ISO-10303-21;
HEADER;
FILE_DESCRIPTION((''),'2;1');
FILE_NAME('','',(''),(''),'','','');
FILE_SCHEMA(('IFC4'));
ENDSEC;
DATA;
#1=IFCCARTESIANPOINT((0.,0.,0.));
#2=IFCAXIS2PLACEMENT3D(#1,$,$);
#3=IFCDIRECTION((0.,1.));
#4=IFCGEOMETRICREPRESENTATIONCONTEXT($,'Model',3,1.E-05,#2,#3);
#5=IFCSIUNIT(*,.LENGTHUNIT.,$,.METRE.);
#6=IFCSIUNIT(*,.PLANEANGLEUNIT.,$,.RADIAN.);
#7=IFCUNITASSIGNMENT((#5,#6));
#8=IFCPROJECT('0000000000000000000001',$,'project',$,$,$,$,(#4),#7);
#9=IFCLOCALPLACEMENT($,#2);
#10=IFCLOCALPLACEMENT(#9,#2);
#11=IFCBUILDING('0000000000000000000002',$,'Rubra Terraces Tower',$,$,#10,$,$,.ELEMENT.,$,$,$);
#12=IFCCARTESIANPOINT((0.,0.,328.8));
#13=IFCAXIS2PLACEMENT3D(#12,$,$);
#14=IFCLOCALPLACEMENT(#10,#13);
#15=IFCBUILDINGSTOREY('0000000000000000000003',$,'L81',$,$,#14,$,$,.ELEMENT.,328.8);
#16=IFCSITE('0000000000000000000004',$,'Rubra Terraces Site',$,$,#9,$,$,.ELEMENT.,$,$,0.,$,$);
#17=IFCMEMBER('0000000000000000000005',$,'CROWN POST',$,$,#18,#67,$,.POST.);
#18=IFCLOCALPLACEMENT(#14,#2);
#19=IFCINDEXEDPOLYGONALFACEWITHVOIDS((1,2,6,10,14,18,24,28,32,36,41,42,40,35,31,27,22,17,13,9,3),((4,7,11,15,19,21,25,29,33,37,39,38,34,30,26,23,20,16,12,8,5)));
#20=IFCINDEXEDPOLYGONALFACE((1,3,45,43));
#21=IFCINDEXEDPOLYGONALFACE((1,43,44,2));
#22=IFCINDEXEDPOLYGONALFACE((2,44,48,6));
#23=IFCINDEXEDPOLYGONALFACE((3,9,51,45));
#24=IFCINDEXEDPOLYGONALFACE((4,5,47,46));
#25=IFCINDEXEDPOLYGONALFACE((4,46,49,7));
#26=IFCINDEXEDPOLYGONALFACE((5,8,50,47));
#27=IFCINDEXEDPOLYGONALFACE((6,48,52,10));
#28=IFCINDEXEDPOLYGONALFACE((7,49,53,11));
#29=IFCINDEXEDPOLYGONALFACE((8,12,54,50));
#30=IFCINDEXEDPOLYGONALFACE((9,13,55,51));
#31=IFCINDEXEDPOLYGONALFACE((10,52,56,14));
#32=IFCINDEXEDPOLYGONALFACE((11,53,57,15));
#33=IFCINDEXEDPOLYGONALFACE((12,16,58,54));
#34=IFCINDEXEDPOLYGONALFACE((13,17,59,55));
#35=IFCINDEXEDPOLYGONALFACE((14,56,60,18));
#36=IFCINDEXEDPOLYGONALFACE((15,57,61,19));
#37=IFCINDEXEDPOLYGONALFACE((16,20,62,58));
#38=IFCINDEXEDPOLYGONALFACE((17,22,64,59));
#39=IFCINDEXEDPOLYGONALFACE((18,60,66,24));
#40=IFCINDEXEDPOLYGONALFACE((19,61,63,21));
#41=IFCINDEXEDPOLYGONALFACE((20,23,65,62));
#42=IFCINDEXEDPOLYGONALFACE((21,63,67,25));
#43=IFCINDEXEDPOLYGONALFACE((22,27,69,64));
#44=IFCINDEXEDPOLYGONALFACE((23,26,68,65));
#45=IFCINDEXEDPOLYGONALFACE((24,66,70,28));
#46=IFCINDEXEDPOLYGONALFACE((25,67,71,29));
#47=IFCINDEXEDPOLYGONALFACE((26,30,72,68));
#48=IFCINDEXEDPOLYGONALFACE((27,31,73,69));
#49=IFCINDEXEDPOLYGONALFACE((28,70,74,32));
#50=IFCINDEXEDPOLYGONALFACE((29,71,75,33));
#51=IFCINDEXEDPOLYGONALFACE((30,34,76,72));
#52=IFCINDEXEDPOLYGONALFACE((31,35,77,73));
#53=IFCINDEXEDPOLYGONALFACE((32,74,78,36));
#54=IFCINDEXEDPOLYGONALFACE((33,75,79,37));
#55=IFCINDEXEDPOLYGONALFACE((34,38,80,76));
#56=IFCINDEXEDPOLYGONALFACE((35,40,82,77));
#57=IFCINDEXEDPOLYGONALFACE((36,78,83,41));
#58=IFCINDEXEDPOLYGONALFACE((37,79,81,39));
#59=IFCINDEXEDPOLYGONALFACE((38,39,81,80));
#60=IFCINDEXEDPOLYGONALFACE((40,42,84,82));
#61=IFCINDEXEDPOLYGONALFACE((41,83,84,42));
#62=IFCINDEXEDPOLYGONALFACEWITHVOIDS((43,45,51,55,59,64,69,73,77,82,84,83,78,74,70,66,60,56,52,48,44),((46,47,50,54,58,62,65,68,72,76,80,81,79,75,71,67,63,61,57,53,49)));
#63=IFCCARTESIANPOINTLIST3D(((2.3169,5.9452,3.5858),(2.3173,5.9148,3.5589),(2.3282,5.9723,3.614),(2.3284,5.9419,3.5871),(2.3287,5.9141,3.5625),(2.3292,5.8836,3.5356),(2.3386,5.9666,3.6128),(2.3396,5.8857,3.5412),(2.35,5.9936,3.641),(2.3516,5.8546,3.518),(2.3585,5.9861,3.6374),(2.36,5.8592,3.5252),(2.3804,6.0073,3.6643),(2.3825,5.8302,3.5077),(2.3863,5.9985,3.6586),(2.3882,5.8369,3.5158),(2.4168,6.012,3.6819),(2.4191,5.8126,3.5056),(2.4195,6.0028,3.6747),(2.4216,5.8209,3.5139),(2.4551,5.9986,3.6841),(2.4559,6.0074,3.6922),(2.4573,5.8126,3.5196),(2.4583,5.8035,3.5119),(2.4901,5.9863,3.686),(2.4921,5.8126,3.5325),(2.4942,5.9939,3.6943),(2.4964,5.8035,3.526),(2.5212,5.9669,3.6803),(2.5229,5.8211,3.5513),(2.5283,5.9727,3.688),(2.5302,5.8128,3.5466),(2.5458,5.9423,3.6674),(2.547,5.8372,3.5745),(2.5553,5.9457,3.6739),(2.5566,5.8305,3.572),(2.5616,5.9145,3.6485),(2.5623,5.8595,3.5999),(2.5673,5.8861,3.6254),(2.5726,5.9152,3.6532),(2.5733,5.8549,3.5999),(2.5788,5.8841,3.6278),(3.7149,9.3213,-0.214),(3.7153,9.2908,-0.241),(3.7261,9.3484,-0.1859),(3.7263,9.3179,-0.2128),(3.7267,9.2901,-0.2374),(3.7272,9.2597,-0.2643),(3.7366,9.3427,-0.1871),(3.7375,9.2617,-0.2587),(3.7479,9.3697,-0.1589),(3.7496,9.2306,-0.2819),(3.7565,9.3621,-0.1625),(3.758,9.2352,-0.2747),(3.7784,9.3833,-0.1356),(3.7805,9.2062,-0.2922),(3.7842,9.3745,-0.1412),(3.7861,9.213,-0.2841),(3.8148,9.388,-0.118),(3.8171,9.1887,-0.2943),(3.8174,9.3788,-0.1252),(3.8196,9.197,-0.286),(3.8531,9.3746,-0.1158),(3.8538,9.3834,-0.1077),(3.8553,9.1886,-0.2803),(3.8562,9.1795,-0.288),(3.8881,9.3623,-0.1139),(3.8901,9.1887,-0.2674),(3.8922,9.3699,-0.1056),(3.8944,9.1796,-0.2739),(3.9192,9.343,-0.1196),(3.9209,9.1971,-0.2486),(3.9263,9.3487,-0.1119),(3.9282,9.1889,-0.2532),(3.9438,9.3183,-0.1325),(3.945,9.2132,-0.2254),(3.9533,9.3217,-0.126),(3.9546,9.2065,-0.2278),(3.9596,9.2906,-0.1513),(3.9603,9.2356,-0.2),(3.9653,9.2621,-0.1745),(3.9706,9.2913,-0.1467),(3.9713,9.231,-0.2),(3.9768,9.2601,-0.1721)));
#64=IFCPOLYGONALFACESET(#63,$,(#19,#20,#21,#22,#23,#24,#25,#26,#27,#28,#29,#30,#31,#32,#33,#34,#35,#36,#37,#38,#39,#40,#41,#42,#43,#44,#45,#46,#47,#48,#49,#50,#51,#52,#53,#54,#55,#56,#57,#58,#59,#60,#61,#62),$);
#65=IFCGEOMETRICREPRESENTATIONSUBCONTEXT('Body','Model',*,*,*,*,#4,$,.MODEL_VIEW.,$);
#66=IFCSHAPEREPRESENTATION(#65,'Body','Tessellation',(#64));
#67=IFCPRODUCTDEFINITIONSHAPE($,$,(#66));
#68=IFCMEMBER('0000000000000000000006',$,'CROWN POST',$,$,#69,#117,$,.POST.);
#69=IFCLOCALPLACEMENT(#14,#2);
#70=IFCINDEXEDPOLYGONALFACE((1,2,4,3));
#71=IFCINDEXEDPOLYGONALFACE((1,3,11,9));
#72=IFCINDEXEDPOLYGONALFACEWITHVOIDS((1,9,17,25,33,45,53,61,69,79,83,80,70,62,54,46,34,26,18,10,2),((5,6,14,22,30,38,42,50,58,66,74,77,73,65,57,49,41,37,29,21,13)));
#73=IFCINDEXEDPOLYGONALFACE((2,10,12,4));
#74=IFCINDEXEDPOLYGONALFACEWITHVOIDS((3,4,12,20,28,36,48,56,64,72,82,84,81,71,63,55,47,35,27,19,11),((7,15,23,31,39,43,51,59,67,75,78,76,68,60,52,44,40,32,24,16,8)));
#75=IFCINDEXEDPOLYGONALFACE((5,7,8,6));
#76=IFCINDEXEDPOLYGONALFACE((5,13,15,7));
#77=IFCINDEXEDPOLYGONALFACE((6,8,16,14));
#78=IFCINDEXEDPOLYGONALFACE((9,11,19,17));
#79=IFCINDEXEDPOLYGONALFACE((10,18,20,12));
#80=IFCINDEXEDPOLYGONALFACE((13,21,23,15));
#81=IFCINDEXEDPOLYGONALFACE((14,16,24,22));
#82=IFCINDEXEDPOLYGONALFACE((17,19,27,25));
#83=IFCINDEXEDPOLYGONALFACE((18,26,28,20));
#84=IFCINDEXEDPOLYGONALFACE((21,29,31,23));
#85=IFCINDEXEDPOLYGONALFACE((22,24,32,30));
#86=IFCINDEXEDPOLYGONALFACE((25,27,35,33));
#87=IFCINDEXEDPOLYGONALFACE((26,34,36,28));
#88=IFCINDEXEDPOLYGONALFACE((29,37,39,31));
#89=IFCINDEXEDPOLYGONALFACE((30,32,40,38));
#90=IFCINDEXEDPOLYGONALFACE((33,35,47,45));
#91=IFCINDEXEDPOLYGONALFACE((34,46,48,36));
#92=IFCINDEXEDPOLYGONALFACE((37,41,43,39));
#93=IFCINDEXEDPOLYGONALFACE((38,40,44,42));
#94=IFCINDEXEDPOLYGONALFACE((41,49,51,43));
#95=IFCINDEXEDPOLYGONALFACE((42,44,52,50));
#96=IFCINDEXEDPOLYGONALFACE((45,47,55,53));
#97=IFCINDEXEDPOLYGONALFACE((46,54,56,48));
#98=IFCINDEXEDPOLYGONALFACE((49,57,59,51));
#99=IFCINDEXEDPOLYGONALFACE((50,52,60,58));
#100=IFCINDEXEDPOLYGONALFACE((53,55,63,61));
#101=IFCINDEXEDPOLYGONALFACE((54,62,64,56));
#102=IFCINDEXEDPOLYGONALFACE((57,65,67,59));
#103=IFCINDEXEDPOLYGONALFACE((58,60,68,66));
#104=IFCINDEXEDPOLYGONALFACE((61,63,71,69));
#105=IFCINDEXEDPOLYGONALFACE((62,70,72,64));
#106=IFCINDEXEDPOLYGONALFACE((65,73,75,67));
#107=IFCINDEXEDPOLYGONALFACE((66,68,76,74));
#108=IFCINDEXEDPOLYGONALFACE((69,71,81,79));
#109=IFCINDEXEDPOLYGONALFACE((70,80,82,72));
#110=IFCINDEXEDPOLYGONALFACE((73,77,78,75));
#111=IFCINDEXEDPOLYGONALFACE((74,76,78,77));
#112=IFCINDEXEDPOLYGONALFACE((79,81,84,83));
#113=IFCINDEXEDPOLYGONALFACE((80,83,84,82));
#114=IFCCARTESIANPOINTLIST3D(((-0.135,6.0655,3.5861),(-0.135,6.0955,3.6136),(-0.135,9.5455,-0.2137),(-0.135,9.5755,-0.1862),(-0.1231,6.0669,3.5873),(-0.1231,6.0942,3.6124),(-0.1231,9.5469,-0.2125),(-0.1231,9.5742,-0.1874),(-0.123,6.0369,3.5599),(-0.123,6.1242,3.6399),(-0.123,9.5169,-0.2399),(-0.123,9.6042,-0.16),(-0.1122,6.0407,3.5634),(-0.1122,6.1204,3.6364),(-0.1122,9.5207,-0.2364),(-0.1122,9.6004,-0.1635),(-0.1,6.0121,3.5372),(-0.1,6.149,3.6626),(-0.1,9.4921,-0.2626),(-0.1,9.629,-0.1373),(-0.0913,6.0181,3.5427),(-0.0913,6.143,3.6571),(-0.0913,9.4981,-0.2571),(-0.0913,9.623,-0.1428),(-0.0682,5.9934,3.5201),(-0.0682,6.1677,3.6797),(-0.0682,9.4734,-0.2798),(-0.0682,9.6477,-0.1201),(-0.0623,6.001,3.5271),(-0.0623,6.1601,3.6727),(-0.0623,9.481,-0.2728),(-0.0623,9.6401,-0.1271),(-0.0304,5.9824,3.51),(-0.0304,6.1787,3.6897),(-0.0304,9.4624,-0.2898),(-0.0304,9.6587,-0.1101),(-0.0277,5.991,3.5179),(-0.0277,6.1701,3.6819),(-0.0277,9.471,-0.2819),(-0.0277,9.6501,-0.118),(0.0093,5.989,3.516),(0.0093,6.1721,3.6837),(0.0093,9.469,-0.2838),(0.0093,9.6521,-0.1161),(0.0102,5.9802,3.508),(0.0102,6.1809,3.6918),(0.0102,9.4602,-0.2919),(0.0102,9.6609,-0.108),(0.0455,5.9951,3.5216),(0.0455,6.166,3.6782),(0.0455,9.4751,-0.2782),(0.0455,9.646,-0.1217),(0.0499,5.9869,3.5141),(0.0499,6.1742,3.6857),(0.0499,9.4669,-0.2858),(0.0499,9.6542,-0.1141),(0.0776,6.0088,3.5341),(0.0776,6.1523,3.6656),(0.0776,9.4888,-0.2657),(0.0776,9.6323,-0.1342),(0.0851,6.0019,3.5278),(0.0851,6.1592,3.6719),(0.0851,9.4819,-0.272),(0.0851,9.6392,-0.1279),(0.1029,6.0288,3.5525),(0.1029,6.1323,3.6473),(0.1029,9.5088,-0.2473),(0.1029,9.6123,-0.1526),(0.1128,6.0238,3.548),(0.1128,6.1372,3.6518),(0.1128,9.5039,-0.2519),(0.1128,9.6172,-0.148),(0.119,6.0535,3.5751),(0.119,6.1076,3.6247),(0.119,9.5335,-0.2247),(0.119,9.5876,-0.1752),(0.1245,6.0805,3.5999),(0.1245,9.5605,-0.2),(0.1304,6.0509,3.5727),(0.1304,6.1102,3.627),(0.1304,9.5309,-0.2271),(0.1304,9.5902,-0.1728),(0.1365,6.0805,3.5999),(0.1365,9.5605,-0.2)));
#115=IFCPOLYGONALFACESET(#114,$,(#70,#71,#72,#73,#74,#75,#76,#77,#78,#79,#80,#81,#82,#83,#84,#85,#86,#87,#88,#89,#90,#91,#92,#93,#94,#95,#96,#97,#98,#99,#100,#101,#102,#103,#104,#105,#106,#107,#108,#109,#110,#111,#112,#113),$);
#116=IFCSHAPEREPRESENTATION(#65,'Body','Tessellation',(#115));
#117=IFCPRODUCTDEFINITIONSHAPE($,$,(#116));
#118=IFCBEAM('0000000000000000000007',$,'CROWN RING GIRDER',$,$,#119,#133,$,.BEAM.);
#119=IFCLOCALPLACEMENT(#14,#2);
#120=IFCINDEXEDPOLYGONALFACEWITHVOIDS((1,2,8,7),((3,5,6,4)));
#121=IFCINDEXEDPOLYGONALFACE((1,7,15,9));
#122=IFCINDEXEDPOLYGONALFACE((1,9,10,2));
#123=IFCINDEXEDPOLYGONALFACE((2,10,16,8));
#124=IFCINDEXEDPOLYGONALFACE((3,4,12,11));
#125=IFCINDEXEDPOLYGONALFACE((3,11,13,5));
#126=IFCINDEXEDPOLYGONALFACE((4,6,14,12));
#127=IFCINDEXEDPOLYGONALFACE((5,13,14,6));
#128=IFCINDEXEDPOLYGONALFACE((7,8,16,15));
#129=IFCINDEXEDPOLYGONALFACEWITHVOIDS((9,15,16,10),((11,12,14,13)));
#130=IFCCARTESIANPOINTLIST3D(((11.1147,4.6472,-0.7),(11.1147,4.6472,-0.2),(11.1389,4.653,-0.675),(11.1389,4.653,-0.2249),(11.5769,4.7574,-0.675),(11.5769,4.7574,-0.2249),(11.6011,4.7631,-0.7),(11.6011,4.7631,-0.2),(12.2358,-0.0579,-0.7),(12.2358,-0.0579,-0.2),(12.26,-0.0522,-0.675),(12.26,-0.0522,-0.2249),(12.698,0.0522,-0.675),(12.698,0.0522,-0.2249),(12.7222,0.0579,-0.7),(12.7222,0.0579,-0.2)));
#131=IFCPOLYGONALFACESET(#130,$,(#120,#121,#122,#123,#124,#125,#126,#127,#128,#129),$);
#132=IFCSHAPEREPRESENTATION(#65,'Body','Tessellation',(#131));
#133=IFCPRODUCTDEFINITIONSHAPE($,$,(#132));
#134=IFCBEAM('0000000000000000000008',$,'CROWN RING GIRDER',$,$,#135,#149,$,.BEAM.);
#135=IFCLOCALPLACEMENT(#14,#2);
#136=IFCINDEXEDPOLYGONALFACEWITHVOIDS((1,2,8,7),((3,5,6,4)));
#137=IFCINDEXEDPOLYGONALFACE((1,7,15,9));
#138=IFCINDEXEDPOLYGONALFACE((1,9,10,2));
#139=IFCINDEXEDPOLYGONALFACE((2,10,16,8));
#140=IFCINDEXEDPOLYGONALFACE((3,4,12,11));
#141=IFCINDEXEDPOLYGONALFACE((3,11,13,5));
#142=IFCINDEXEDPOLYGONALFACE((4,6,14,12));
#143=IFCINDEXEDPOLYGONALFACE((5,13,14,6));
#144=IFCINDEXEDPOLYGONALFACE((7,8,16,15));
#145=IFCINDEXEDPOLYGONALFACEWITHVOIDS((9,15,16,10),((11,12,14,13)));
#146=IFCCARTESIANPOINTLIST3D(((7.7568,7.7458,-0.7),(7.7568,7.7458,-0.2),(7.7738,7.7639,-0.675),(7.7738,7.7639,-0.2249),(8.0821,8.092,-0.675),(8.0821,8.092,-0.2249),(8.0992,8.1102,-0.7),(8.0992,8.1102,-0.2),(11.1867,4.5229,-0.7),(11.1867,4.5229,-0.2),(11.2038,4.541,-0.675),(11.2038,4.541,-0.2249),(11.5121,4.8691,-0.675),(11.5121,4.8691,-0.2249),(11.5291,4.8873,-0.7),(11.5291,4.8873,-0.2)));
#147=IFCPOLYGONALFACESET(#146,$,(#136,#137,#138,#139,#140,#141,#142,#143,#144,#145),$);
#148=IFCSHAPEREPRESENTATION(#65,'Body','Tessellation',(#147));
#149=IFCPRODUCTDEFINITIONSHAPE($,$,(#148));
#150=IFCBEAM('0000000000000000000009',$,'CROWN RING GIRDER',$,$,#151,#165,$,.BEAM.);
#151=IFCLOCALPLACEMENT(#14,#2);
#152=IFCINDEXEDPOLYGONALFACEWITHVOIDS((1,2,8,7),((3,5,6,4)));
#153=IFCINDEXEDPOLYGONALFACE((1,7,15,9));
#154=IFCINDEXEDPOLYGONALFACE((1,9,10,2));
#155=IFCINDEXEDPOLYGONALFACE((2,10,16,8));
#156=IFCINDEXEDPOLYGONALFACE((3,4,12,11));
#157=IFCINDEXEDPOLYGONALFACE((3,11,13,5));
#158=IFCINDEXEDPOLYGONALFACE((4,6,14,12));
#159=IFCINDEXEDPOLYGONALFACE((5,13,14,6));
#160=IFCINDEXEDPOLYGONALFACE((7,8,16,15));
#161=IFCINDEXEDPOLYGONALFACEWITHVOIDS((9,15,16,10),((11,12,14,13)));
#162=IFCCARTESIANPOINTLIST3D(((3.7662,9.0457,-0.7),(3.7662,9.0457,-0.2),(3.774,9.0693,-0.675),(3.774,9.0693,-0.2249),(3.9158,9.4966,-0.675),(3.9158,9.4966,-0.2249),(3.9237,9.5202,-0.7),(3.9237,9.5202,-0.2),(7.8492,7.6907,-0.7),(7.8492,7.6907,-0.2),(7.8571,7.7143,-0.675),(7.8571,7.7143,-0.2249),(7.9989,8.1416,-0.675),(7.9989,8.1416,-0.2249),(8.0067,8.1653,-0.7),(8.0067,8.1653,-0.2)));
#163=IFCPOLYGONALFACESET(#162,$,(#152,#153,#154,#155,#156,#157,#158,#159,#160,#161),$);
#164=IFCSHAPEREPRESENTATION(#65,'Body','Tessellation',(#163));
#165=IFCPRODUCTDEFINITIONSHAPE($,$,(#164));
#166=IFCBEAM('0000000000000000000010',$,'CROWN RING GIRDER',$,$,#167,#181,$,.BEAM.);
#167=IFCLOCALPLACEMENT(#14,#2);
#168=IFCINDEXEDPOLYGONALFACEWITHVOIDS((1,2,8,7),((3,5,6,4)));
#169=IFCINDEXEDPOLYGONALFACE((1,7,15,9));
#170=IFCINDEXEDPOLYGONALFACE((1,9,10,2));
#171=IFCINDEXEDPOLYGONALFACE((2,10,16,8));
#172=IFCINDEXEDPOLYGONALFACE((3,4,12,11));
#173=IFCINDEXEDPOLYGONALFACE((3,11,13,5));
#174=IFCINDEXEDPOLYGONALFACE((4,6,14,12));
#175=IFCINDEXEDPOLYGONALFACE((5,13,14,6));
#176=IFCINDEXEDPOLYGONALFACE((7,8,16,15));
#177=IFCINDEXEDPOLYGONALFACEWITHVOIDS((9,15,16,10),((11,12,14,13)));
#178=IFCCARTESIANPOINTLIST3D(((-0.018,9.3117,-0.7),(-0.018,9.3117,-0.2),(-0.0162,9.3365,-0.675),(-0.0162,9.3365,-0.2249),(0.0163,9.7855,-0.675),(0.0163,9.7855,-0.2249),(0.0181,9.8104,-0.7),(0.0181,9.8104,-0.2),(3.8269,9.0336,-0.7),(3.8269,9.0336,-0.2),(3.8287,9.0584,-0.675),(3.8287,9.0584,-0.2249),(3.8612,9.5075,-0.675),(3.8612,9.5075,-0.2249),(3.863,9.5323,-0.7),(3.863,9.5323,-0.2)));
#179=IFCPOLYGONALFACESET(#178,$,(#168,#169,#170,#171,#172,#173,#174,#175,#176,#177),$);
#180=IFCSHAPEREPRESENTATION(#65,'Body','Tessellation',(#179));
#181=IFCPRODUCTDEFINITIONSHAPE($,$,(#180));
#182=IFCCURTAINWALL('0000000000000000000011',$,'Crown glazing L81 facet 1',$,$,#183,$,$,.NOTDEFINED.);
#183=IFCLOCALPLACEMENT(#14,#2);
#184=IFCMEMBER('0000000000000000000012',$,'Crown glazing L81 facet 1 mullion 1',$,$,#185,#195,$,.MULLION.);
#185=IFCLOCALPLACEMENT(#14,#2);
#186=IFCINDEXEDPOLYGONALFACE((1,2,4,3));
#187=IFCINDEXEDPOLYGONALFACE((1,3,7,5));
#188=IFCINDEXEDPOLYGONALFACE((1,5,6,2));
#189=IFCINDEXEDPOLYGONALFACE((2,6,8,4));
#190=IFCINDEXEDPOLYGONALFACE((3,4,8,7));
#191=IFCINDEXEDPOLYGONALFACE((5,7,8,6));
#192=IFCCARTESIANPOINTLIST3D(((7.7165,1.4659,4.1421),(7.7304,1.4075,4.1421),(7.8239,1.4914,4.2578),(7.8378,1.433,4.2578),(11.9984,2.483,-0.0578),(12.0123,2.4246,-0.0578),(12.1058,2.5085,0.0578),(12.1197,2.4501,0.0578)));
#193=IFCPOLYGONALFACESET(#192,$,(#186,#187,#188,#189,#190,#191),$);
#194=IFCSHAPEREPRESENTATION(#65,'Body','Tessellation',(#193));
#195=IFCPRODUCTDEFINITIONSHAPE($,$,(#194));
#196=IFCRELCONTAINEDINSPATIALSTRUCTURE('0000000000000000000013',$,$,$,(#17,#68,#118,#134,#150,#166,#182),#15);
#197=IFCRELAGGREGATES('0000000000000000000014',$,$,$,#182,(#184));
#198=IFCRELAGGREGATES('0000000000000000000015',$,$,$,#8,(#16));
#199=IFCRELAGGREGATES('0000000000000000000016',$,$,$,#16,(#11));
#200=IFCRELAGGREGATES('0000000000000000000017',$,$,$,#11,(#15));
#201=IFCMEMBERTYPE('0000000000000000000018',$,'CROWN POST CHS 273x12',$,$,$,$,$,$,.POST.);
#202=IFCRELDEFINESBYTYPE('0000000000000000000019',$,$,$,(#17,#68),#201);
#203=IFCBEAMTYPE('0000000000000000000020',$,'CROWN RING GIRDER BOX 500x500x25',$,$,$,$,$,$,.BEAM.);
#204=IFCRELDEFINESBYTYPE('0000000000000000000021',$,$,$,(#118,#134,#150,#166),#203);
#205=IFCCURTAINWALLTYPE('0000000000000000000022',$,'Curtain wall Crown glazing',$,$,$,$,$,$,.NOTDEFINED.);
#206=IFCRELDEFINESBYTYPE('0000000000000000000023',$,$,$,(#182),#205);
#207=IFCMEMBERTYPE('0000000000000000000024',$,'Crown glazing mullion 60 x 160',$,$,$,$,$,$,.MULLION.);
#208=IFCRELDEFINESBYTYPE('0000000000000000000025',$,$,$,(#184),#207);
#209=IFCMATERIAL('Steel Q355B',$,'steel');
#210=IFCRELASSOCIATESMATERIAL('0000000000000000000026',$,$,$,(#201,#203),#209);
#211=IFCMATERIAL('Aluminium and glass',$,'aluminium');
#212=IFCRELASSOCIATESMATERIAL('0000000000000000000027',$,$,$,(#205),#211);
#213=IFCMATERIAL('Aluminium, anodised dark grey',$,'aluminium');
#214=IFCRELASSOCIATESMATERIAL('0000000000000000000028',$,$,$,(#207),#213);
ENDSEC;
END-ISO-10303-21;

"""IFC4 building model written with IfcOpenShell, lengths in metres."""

from ifc_helpers import new_model, si_unit, direction, frame, origin, origin_2d, place, context, subcontext, project, spatial, rectangle, hollow_rectangle, hollow_circle, extrude, material, material_profile, profile_set, type_object, element, aggregate, save


model = new_model("IFC4")

# Units and contexts
model_context = context("Model", 3, precision=1e-05, world=origin(), true_north=direction((0.0, 1.0)))
body_context = subcontext(model_context, "Body", "Model", "MODEL_VIEW")
ifc_project = project(units=[si_unit("LENGTHUNIT", "METRE"), si_unit("PLANEANGLEUNIT", "RADIAN")], contexts=[model_context])

# Site, building, storey
site_placement = place(None, origin())
site = spatial("IfcSite", under=ifc_project, at=site_placement, Name="Rubra Terraces Site", CompositionType="ELEMENT", RefElevation=0.0)
building_placement = place(site_placement, origin())
building = spatial("IfcBuilding", under=site, at=building_placement, Name="Rubra Terraces Tower", CompositionType="ELEMENT")
storey_placement = place(building_placement, frame((0.0, 0.0, 328.8)))
storey = spatial("IfcBuildingStorey", under=building, at=storey_placement, Name="L81", CompositionType="ELEMENT", Elevation=328.8)

# Members
ifc_material_1 = material(Name="Steel Q355B", Category="steel")
ifc_material_profile_1 = material_profile(ifc_material_1, hollow_circle(Radius=0.1365, WallThickness=0.012, at=origin_2d()), Name="CHS 273x12")
ifc_profile_set_1 = profile_set([ifc_material_profile_1], Name="Steel Q355B")
member_type_1 = type_object("IfcMemberType", Name="CROWN POST CHS 273x12", PredefinedType="POST", material=ifc_profile_set_1)
member_1_placement = place(storey_placement, frame((3.8452, 9.2832, -0.2), z_axis=(-0.265184, -0.640406, 0.720804), x_axis=(0.923921, -0.382584, 0.0)))
element("IfcMember", 1, at=member_1_placement, inside=storey, type_object=member_type_1, Name="CROWN POST", PredefinedType="POST", context=body_context, shape_type="SweptSolid", body=[
    extrude(hollow_circle(Radius=0.1365, WallThickness=0.012, at=origin_2d()), origin(), (0.0, 0.0, 1.0), 5.2717),
])
member_2_placement = place(storey_placement, frame((0.0, 9.5605, -0.2), z_axis=(0.0, -0.67539, 0.737461), x_axis=(1.0, 0.0, 0.0)))
element("IfcMember", 2, at=member_2_placement, inside=storey, type_object=member_type_1, Name="CROWN POST", PredefinedType="POST", context=body_context, shape_type="SweptSolid", body=[
    extrude(hollow_circle(Radius=0.1365, WallThickness=0.012, at=origin_2d()), origin(), (0.0, 0.0, 1.0), 5.1526),
])

# Beams
ifc_material_profile_2 = material_profile(ifc_material_1, hollow_rectangle(XDim=0.5, YDim=0.5, WallThickness=0.0249, at=origin_2d()), Name="BOX 500x500x25")
ifc_profile_set_2 = profile_set([ifc_material_profile_2], Name="Steel Q355B")
beam_type_1 = type_object("IfcBeamType", Name="CROWN RING GIRDER BOX 500x500x25", PredefinedType="BEAM", material=ifc_profile_set_2)
beam_1_placement = place(storey_placement, frame((12.479, 0.0, -0.45), z_axis=(-0.231784, 0.972767, 0.0), x_axis=(-0.972767, -0.231784, 0.0)))
element("IfcBeam", 3, at=beam_1_placement, inside=storey, type_object=beam_type_1, Name="CROWN RING GIRDER", PredefinedType="BEAM", context=body_context, shape_type="SweptSolid", body=[
    extrude(hollow_rectangle(XDim=0.5, YDim=0.5, WallThickness=0.0249, at=origin_2d()), origin(), (0.0, 0.0, 1.0), 4.8369),
])
beam_2_placement = place(storey_placement, frame((11.3579, 4.7051, -0.45), z_axis=(-0.728759, 0.684771, 0.0), x_axis=(-0.684771, -0.728759, 0.0)))
element("IfcBeam", 4, at=beam_2_placement, inside=storey, type_object=beam_type_1, Name="CROWN RING GIRDER", PredefinedType="BEAM", context=body_context, shape_type="SweptSolid", body=[
    extrude(hollow_rectangle(XDim=0.5, YDim=0.5, WallThickness=0.0249, at=origin_2d()), origin(), (0.0, 0.0, 1.0), 4.7065),
])
beam_3_placement = place(storey_placement, frame((7.928, 7.928, -0.45), z_axis=(-0.949102, 0.314968, 0.0), x_axis=(-0.314968, -0.949102, 0.0)))
element("IfcBeam", 5, at=beam_3_placement, inside=storey, type_object=beam_type_1, Name="CROWN RING GIRDER", PredefinedType="BEAM", context=body_context, shape_type="SweptSolid", body=[
    extrude(hollow_rectangle(XDim=0.5, YDim=0.5, WallThickness=0.0249, at=origin_2d()), origin(), (0.0, 0.0, 1.0), 4.302),
])
beam_4_placement = place(storey_placement, frame((3.845, 9.283, -0.45), z_axis=(-0.997395, 0.072134, 0.0), x_axis=(-0.072134, -0.997395, 0.0)))
element("IfcBeam", 6, at=beam_4_placement, inside=storey, type_object=beam_type_1, Name="CROWN RING GIRDER", PredefinedType="BEAM", context=body_context, shape_type="SweptSolid", body=[
    extrude(hollow_rectangle(XDim=0.5, YDim=0.5, WallThickness=0.0249, at=origin_2d()), origin(), (0.0, 0.0, 1.0), 3.855),
])

# Curtain wall, member
ifc_material_2 = material(Name="Aluminium and glass", Category="aluminium")
curtain_wall_type = type_object("IfcCurtainWallType", Name="Curtain wall Crown glazing", PredefinedType="NOTDEFINED", material=ifc_material_2)
curtain_wall_1_placement = place(storey_placement, origin())
curtain_wall_1 = element("IfcCurtainWall", 7, at=curtain_wall_1_placement, inside=storey, type_object=curtain_wall_type, Name="Crown glazing L81 facet 1", PredefinedType="NOTDEFINED")
ifc_material_3 = material(Name="Aluminium, anodised dark grey", Category="aluminium")
ifc_material_profile_3 = material_profile(ifc_material_3, rectangle(XDim=0.0601, YDim=0.1599, at=origin_2d()), Name="AL 60x160")
ifc_profile_set_3 = profile_set([ifc_material_profile_3], Name="Aluminium, anodised dark grey")
member_type_2 = type_object("IfcMemberType", Name="Crown glazing mullion 60 x 160", PredefinedType="MULLION", material=ifc_profile_set_3)
member_3_placement = place(storey_placement, frame((12.0591, 2.4666, 0.0), z_axis=(-0.703864, -0.167187, 0.69038), x_axis=(0.231098, -0.97293, 0.0)))
member_3 = element("IfcMember", 8, at=member_3_placement, type_object=member_type_2, Name="Crown glazing L81 facet 1 mullion 1", PredefinedType="MULLION", context=body_context, shape_type="SweptSolid", body=[
    extrude(rectangle(XDim=0.0601, YDim=0.1599, at=origin_2d()), origin(), (0.0, 0.0, 1.0), 6.0835),
])

aggregate(curtain_wall_1, [member_3])

save(model, "model.ifc")
